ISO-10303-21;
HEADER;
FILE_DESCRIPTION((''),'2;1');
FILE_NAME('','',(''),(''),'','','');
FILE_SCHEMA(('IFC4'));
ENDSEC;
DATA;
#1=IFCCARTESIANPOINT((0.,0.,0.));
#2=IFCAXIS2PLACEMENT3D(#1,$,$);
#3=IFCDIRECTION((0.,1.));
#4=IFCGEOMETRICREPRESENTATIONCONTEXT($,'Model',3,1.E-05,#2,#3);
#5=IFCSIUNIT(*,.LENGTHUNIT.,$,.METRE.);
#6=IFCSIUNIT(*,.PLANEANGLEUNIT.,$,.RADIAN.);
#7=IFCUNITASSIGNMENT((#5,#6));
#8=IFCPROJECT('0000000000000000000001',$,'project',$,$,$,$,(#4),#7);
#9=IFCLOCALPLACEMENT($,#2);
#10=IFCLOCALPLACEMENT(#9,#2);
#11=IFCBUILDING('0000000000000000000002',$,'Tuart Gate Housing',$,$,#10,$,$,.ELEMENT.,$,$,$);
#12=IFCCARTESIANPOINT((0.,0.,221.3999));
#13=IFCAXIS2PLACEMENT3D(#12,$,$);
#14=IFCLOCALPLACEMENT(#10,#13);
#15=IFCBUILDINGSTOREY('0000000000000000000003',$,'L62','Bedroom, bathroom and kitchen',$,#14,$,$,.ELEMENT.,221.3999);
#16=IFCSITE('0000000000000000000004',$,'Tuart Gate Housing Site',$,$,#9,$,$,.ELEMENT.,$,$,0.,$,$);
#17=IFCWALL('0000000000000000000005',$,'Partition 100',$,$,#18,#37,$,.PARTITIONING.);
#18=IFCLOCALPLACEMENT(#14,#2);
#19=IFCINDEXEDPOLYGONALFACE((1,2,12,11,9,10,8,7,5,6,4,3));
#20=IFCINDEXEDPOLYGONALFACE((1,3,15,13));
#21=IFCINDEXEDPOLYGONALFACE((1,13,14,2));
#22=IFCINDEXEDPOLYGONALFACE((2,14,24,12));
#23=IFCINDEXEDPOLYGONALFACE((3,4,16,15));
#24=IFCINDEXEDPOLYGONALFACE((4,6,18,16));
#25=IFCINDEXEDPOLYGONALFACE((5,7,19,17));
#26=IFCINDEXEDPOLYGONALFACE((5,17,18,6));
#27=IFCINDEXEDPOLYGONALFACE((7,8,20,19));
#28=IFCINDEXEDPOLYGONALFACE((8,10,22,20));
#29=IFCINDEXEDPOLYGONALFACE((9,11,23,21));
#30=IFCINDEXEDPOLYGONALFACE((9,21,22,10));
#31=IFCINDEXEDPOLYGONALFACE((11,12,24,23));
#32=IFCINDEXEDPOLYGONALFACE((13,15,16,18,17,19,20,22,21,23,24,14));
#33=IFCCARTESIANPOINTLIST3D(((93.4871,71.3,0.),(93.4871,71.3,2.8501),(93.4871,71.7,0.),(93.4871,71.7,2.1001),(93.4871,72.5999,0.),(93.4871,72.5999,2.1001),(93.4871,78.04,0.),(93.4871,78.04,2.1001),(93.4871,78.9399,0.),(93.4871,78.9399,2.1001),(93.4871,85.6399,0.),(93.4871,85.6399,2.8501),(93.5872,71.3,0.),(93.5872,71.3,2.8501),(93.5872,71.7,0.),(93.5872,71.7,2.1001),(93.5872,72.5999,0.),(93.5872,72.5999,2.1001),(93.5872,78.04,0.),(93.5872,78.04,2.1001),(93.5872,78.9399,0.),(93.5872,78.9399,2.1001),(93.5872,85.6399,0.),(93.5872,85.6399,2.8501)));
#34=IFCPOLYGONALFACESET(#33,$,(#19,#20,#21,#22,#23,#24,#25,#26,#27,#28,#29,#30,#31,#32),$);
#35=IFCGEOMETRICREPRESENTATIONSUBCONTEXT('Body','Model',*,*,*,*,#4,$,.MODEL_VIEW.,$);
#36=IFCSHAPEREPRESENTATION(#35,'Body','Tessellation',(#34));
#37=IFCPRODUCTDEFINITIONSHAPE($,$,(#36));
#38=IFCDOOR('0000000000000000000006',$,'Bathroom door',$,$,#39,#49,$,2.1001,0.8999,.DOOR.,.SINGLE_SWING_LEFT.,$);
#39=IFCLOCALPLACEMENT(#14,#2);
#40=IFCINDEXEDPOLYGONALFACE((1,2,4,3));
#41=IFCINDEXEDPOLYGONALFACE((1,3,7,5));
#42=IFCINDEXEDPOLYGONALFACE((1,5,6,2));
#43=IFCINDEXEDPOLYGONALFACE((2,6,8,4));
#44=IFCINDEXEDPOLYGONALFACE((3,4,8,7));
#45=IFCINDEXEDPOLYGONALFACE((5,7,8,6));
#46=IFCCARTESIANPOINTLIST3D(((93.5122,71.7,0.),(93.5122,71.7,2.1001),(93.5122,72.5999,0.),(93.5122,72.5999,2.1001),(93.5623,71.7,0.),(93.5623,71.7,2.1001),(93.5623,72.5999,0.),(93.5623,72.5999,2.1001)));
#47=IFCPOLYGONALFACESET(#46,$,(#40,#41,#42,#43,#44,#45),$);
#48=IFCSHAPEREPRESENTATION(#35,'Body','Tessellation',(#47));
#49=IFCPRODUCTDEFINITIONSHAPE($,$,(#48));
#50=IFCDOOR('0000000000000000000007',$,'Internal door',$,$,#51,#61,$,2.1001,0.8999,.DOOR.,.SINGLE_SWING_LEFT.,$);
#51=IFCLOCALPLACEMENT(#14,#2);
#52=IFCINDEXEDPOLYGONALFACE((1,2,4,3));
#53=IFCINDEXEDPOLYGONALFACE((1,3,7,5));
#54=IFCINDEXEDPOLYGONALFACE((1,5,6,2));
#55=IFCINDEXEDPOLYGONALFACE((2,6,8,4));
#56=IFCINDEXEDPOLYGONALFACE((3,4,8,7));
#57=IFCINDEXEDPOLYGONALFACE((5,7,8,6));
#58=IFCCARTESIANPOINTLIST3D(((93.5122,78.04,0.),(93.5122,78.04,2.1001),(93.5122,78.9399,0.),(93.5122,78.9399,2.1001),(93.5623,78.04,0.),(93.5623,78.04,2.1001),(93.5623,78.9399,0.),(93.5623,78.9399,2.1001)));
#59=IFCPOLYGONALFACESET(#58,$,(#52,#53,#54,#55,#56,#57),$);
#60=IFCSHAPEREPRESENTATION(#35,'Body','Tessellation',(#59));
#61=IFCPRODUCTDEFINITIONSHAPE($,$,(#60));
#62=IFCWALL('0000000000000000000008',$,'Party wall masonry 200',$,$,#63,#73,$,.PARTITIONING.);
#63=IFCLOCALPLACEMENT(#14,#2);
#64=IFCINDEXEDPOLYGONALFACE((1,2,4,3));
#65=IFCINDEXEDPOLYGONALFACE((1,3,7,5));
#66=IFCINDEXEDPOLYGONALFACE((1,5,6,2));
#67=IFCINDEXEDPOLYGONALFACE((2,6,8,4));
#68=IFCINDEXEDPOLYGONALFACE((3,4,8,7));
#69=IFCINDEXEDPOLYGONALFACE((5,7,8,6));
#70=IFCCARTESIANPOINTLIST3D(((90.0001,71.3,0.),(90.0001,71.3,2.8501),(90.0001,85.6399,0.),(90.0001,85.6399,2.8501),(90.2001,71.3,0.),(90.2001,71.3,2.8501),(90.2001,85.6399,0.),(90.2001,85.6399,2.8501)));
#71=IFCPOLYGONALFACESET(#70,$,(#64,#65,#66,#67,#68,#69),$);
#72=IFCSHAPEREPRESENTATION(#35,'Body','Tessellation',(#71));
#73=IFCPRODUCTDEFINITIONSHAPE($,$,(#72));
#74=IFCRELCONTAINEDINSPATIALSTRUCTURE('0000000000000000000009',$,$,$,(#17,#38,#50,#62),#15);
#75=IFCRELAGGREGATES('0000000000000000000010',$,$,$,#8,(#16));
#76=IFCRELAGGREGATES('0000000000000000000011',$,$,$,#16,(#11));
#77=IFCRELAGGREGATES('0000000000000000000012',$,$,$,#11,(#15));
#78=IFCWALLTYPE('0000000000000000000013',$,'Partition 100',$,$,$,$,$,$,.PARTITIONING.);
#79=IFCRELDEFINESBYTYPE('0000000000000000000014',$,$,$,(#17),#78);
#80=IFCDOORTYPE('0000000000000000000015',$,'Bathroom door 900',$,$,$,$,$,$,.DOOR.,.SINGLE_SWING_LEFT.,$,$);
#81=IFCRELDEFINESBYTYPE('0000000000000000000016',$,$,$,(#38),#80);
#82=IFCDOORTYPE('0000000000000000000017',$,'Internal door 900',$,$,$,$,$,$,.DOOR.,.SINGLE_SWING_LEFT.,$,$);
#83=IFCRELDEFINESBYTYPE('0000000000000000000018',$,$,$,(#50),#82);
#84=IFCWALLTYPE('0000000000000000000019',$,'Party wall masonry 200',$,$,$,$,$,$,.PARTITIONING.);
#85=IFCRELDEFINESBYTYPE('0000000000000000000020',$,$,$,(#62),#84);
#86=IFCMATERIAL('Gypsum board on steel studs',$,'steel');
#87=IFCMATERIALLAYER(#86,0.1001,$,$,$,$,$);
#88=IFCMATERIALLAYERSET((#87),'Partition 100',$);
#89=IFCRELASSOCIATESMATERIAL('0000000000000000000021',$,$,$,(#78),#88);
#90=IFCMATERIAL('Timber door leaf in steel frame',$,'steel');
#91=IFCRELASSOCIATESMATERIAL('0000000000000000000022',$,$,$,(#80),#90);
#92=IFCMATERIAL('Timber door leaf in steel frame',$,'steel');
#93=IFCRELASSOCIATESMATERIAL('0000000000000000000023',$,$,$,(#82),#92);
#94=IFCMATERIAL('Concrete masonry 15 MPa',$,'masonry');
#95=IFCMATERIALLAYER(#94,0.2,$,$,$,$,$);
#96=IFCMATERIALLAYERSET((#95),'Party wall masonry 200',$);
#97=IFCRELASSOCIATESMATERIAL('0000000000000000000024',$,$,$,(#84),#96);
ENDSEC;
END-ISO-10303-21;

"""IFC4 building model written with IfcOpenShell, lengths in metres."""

from ifc_helpers import new_model, si_unit, direction, frame, frame_2d, origin, place, context, subcontext, project, spatial, rectangle, extrude, material, layer, layer_set, type_object, element, fill, save


model = new_model("IFC4")

# Units and contexts
model_context = context("Model", 3, precision=1e-05, world=origin(), true_north=direction((0.0, 1.0)))
body_context = subcontext(model_context, "Body", "Model", "MODEL_VIEW")
ifc_project = project(units=[si_unit("LENGTHUNIT", "METRE"), si_unit("PLANEANGLEUNIT", "RADIAN")], contexts=[model_context])

# Site, building, storey
site_placement = place(None, origin())
site = spatial("IfcSite", under=ifc_project, at=site_placement, Name="Tuart Gate Housing Site", CompositionType="ELEMENT", RefElevation=0.0)
building_placement = place(site_placement, origin())
building = spatial("IfcBuilding", under=site, at=building_placement, Name="Tuart Gate Housing", CompositionType="ELEMENT")
storey_placement = place(building_placement, frame((0.0, 0.0, 221.3999)))
storey = spatial("IfcBuildingStorey", under=building, at=storey_placement, Name="L62", Description="Bedroom, bathroom and kitchen", CompositionType="ELEMENT", Elevation=221.3999)

# Shared definitions
ifc_material_1 = material(Name="Gypsum board on steel studs", Category="steel")
ifc_layer_1 = layer(ifc_material_1, 0.1001)
ifc_layer_set_1 = layer_set([ifc_layer_1], Name="Partition 100")
wall_type_1 = type_object("IfcWallType", Name="Partition 100", PredefinedType="PARTITIONING", material=ifc_layer_set_1)

# Wall, openings, doors
wall_1_placement = place(storey_placement, frame((93.5371, 71.3, 0.0), z_axis=(0.0, 0.0, 1.0), x_axis=(0.0, 1.0, 0.0)))
wall_1 = element("IfcWall", 1, at=wall_1_placement, inside=storey, type_object=wall_type_1, Name="Partition 100", PredefinedType="PARTITIONING", context=body_context, shape_type="SweptSolid", body=[
    extrude(rectangle(XDim=14.3398, YDim=0.1001, at=frame_2d((7.1699, 0.0))), origin(), (0.0, 0.0, 1.0), 2.8501),
])
opening_1_placement = place(wall_1_placement, frame((6.74, 0.0, 0.0)))
opening_1 = element("IfcOpeningElement", 2, at=opening_1_placement, cuts=wall_1, PredefinedType="OPENING", context=body_context, shape_type="SweptSolid", body=[
    extrude(rectangle(XDim=0.8999, YDim=2.1001, at=frame_2d((0.45, 1.05))), frame((0.0, 0.0601, 0.0), z_axis=(0.0, -1.0, 0.0), x_axis=(1.0, 0.0, 0.0)), (0.0, 0.0, 1.0), 0.1201),
])
opening_2_placement = place(wall_1_placement, frame((0.3999, 0.0, 0.0)))
opening_2 = element("IfcOpeningElement", 3, at=opening_2_placement, cuts=wall_1, PredefinedType="OPENING", context=body_context, shape_type="SweptSolid", body=[
    extrude(rectangle(XDim=0.8999, YDim=2.1001, at=frame_2d((0.45, 1.05))), frame((0.0, 0.0601, 0.0), z_axis=(0.0, -1.0, 0.0), x_axis=(1.0, 0.0, 0.0)), (0.0, 0.0, 1.0), 0.1201),
])
ifc_material_2 = material(Name="Timber door leaf in steel frame", Category="steel")
door_type_1 = type_object("IfcDoorType", Name="Bathroom door 900", OperationType="SINGLE_SWING_LEFT", PredefinedType="DOOR", material=ifc_material_2)
door_1_placement = place(opening_2_placement, origin())
door_1 = element("IfcDoor", 4, at=door_1_placement, inside=storey, type_object=door_type_1, Name="Bathroom door", OperationType="SINGLE_SWING_LEFT", OverallHeight=2.1001, OverallWidth=0.8999, PredefinedType="DOOR", context=body_context, shape_type="SweptSolid", body=[
    extrude(rectangle(XDim=0.8999, YDim=2.1001, at=frame_2d((0.45, 1.05))), frame((0.0, 0.0249, 0.0), z_axis=(0.0, -1.0, 0.0), x_axis=(1.0, 0.0, 0.0)), (0.0, 0.0, 1.0), 0.05),
])
fill(opening_2, door_1)
ifc_material_3 = material(Name="Timber door leaf in steel frame", Category="steel")
door_type_2 = type_object("IfcDoorType", Name="Internal door 900", OperationType="SINGLE_SWING_LEFT", PredefinedType="DOOR", material=ifc_material_3)
door_2_placement = place(opening_1_placement, origin())
door_2 = element("IfcDoor", 5, at=door_2_placement, inside=storey, type_object=door_type_2, Name="Internal door", OperationType="SINGLE_SWING_LEFT", OverallHeight=2.1001, OverallWidth=0.8999, PredefinedType="DOOR", context=body_context, shape_type="SweptSolid", body=[
    extrude(rectangle(XDim=0.8999, YDim=2.1001, at=frame_2d((0.45, 1.05))), frame((0.0, 0.0249, 0.0), z_axis=(0.0, -1.0, 0.0), x_axis=(1.0, 0.0, 0.0)), (0.0, 0.0, 1.0), 0.05),
])
fill(opening_1, door_2)

# Wall
ifc_material_4 = material(Name="Concrete masonry 15 MPa", Category="masonry")
ifc_layer_2 = layer(ifc_material_4, 0.2)
ifc_layer_set_2 = layer_set([ifc_layer_2], Name="Party wall masonry 200")
wall_type_2 = type_object("IfcWallType", Name="Party wall masonry 200", PredefinedType="PARTITIONING", material=ifc_layer_set_2)
wall_2_placement = place(storey_placement, frame((90.1001, 71.3, 0.0), z_axis=(0.0, 0.0, 1.0), x_axis=(0.0, 1.0, 0.0)))
element("IfcWall", 6, at=wall_2_placement, inside=storey, type_object=wall_type_2, Name="Party wall masonry 200", PredefinedType="PARTITIONING", context=body_context, shape_type="SweptSolid", body=[
    extrude(rectangle(XDim=14.3398, YDim=0.2, at=frame_2d((7.1699, 0.0))), origin(), (0.0, 0.0, 1.0), 2.8501),
])

save(model, "model.ifc")
